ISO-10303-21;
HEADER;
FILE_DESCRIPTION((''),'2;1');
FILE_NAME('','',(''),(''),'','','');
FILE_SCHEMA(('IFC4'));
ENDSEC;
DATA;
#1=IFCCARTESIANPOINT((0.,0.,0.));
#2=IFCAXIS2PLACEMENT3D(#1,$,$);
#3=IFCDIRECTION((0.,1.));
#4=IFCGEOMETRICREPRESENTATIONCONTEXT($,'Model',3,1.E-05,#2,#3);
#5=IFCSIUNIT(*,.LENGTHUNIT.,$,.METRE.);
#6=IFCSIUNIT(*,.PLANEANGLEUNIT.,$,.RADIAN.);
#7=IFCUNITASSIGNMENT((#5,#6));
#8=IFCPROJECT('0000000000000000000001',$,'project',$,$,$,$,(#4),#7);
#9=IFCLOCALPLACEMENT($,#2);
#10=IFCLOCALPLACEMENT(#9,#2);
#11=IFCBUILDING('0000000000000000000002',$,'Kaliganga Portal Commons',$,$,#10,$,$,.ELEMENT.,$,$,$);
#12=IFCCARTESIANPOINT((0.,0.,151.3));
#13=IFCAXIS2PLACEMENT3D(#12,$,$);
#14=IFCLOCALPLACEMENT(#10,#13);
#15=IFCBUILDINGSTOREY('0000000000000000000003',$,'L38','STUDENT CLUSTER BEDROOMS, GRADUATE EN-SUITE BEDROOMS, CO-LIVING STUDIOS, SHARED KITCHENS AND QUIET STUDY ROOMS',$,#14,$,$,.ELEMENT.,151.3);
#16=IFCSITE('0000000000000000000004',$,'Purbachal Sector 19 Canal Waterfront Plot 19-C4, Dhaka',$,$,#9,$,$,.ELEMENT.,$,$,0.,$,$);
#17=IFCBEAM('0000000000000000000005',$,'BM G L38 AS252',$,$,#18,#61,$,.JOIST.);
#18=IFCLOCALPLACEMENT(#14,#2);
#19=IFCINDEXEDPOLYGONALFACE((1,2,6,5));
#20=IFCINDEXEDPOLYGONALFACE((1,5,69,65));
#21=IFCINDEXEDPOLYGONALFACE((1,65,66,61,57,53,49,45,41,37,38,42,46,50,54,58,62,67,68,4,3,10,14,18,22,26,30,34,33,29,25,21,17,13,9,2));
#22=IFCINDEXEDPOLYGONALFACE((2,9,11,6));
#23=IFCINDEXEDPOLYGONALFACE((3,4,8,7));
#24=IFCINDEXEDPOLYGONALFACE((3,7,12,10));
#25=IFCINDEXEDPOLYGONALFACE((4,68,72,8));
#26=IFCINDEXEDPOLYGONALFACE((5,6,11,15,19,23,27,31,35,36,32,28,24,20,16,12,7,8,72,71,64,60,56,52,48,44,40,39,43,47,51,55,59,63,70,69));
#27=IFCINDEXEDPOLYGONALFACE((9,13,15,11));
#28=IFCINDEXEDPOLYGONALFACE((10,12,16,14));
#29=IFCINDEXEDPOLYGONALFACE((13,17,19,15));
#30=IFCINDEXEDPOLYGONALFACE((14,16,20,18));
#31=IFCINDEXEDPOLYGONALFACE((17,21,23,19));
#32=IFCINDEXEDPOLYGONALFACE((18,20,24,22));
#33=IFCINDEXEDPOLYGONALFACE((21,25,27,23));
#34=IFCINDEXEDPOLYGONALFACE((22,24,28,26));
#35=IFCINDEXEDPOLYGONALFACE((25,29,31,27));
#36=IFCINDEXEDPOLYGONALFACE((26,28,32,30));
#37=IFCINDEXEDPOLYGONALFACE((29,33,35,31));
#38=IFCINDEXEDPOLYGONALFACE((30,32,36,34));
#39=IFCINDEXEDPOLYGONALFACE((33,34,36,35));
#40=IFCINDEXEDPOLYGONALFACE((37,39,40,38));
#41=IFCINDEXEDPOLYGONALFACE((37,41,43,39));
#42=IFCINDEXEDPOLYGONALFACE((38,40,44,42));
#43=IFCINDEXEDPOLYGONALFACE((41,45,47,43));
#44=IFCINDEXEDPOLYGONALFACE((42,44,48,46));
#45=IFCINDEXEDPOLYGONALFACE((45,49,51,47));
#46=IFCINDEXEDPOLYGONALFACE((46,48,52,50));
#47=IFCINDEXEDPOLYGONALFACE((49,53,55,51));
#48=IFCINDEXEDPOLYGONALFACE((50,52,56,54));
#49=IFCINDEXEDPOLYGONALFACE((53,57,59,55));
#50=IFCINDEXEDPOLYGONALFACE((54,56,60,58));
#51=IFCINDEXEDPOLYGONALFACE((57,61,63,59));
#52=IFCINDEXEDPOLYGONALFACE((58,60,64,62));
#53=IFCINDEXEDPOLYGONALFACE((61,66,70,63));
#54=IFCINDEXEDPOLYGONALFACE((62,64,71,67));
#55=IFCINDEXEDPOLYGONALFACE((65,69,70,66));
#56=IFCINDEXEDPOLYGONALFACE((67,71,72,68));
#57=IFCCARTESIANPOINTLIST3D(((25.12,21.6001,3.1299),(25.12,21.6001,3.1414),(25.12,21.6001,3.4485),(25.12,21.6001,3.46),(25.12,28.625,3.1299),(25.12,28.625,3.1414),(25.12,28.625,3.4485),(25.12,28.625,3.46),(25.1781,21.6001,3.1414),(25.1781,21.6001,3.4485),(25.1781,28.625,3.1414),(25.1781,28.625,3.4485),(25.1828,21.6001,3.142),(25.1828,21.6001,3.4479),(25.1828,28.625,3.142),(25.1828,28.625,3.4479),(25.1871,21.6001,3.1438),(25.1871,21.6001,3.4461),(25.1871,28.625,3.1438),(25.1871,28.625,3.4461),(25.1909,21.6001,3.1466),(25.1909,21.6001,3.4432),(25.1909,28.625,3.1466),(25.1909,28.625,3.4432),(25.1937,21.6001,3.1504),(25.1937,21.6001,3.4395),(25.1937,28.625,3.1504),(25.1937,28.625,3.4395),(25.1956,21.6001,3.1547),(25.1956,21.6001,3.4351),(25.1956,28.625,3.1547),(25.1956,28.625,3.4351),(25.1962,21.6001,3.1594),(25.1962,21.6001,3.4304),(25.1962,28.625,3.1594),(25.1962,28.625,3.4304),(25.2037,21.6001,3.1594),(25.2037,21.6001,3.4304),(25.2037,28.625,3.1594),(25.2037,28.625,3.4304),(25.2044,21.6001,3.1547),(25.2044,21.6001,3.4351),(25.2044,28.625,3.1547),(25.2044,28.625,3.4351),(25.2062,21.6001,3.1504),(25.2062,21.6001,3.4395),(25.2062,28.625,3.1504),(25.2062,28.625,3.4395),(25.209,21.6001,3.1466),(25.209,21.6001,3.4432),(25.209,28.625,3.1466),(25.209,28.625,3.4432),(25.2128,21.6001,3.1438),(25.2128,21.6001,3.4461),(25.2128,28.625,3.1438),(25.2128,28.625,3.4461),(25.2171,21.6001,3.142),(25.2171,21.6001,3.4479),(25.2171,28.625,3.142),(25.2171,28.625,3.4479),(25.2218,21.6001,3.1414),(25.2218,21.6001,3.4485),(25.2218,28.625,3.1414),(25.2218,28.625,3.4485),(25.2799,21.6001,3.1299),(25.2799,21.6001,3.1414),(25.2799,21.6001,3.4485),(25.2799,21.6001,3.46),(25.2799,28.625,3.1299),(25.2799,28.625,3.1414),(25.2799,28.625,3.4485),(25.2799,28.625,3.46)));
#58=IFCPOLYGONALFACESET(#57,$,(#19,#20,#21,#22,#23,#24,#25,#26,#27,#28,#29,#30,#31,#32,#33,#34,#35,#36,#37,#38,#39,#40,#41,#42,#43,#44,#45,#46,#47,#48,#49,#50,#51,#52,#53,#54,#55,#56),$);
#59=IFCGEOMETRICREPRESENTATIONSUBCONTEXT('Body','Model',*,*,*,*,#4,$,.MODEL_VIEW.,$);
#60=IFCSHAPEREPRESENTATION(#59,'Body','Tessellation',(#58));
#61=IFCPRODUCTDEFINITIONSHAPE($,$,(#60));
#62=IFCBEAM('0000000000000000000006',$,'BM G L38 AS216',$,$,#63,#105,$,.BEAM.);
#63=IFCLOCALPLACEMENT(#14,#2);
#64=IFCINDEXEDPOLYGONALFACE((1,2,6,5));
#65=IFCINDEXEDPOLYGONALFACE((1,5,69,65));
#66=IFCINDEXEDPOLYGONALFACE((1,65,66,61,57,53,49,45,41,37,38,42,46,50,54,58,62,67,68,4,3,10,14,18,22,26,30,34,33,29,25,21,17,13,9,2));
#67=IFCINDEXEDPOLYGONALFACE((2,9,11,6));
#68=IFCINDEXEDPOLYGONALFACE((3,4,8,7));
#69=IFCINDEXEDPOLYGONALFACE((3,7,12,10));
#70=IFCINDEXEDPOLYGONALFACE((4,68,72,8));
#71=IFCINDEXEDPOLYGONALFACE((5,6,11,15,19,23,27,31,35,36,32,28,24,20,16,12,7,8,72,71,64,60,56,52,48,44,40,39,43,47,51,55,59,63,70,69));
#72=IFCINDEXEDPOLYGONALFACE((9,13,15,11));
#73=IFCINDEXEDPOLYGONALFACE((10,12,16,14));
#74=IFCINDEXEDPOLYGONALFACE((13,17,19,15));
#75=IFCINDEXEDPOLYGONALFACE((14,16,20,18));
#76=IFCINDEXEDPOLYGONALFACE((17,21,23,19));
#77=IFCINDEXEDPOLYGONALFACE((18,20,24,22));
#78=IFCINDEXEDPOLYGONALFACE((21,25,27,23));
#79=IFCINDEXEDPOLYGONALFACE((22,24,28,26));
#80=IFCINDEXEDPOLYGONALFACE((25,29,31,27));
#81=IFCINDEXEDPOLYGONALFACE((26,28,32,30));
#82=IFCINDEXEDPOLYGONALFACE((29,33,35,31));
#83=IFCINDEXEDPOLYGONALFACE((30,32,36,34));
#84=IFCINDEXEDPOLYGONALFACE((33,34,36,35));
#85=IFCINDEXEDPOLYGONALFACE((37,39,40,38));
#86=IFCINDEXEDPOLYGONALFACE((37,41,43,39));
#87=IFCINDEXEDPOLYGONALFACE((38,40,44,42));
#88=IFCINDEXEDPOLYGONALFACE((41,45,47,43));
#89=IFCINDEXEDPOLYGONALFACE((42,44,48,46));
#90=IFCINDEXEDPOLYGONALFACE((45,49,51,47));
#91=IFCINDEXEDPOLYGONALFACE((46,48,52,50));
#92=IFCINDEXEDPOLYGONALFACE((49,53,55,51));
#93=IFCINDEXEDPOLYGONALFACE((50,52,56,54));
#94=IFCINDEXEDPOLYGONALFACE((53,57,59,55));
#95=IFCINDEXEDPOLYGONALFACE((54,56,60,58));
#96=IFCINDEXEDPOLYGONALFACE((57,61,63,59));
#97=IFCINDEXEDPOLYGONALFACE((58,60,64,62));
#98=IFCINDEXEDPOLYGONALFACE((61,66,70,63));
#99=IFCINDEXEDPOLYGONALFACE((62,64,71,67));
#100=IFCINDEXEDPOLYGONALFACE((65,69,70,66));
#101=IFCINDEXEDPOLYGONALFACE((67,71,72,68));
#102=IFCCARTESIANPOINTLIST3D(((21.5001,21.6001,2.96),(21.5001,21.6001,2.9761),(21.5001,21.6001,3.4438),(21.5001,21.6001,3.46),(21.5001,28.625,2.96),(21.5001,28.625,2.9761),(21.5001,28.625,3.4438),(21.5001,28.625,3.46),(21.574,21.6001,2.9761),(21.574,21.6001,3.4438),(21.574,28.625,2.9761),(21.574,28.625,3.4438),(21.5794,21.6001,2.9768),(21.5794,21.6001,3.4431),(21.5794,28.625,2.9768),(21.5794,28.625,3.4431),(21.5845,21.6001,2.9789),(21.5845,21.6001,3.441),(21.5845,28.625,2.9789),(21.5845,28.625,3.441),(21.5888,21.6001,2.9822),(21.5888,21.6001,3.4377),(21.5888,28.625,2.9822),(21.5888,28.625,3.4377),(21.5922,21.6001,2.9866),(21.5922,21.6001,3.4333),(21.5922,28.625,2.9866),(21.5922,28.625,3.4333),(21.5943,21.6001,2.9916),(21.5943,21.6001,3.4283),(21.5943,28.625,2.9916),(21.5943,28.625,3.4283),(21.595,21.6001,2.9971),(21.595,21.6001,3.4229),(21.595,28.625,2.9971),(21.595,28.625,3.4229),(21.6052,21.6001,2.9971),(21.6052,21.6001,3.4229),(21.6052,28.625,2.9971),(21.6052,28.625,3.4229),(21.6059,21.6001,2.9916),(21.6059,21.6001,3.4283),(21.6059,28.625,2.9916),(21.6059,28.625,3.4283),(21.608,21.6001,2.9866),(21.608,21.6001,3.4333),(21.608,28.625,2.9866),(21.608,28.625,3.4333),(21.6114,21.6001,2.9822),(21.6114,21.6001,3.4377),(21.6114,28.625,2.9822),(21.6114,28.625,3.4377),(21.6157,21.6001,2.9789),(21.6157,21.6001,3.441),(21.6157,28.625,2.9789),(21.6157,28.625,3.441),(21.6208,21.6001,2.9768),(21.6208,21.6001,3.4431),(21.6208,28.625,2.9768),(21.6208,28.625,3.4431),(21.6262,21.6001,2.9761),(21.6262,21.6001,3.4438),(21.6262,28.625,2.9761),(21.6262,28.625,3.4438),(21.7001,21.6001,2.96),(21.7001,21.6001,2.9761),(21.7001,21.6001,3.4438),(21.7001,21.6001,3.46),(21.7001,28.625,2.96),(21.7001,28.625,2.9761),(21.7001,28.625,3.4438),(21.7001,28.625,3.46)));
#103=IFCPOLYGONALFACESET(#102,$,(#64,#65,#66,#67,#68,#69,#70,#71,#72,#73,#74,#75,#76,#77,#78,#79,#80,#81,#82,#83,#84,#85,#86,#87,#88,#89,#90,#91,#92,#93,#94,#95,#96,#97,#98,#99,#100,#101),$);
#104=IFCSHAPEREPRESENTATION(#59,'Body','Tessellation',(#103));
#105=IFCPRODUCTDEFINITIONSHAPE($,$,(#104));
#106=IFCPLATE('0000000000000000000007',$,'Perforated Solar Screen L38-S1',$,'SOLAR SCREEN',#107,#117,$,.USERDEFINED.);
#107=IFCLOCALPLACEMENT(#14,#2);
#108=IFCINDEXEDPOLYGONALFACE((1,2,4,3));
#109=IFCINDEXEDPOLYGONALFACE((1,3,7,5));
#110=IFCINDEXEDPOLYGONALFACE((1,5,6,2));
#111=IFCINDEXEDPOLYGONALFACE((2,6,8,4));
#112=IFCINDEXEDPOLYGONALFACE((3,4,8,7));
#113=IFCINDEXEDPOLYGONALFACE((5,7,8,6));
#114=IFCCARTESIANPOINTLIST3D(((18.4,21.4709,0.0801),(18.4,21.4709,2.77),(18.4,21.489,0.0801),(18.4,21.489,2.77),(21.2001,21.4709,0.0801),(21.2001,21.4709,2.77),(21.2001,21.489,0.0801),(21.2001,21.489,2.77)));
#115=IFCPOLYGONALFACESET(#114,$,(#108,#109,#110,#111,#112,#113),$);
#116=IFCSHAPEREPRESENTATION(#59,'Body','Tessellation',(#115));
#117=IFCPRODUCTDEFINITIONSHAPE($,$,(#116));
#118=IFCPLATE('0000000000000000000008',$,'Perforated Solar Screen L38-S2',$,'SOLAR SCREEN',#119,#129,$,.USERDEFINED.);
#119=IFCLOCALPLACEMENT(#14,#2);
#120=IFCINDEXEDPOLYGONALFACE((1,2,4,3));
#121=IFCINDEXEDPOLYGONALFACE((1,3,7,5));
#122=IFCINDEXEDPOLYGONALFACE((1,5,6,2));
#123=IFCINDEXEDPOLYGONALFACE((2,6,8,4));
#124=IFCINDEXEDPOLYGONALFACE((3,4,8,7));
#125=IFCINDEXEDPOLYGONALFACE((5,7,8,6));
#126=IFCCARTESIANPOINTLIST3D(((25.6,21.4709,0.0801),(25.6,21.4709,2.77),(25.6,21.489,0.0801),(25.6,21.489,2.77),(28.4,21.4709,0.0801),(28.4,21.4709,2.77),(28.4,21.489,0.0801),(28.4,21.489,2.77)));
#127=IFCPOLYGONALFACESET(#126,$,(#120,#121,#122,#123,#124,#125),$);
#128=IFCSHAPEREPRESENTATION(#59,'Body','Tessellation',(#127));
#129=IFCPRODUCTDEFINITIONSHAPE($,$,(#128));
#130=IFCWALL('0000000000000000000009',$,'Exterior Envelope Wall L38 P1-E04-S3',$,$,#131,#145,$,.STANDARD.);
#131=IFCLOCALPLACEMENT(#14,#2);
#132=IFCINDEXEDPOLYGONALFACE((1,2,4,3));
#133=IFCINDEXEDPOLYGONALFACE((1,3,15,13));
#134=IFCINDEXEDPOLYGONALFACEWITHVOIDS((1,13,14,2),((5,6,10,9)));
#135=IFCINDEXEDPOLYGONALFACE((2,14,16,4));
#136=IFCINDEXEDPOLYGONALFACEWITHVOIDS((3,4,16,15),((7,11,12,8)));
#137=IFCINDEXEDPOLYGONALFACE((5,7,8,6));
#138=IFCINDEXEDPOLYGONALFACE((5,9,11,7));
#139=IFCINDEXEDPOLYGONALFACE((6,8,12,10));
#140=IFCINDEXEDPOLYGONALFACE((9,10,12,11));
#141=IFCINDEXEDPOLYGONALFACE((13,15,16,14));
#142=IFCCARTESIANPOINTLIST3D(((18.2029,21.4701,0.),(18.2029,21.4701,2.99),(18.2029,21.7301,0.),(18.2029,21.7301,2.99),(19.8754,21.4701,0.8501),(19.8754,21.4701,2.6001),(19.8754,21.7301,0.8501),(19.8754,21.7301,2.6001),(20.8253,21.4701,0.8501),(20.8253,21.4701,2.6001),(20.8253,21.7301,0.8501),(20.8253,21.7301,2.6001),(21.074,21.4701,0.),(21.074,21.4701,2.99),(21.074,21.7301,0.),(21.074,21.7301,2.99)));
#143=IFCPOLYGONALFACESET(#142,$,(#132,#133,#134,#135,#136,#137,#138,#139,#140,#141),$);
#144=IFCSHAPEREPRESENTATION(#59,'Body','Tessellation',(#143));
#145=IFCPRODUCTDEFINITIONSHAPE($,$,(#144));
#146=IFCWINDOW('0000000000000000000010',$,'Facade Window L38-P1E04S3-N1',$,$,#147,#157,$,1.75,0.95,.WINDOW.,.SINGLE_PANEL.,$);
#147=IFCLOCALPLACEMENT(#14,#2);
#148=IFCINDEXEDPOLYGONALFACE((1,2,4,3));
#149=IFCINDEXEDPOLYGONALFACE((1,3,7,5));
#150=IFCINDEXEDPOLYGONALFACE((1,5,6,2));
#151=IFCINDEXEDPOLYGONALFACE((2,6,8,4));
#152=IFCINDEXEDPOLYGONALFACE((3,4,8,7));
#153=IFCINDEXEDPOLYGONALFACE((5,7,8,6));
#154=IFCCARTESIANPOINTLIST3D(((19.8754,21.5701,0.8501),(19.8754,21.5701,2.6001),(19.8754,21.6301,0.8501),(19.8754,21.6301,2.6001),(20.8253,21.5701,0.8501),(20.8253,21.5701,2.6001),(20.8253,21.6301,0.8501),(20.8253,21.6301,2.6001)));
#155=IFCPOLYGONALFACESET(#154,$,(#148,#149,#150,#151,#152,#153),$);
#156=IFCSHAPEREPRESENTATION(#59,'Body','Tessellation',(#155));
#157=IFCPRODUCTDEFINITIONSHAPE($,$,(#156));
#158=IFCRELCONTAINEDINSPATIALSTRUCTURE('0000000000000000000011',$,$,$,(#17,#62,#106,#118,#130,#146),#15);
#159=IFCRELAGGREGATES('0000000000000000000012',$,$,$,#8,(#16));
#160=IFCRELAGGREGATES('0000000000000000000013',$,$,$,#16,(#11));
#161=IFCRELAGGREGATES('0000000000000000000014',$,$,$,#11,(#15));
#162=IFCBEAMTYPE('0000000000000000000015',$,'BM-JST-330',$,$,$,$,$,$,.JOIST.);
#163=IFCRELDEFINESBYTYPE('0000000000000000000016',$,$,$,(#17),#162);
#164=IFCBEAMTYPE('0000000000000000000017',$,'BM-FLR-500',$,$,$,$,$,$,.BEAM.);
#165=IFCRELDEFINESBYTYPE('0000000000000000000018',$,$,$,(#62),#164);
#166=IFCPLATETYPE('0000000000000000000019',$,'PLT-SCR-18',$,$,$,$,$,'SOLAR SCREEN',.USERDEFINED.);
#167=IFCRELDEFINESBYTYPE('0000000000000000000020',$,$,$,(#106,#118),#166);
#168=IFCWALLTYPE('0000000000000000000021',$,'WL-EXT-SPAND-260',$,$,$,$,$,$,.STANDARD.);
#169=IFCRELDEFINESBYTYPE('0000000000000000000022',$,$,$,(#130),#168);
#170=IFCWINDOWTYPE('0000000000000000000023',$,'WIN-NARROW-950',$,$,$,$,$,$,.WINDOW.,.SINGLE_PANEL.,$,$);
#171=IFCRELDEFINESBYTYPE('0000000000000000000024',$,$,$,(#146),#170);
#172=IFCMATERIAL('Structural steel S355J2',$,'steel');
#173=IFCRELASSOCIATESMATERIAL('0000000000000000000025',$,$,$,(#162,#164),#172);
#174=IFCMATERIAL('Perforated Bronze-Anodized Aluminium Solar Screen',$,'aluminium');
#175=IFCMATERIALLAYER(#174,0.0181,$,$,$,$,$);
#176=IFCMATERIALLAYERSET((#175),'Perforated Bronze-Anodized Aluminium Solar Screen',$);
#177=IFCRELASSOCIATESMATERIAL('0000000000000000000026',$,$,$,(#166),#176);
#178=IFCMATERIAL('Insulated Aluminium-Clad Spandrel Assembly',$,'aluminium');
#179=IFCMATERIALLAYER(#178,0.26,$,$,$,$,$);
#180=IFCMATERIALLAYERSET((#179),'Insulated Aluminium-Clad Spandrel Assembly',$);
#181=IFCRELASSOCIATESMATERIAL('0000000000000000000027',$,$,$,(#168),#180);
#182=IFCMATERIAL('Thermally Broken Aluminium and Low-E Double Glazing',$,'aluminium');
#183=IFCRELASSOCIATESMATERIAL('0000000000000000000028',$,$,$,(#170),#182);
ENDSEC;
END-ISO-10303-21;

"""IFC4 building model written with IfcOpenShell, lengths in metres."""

from ifc_helpers import new_model, si_unit, direction, frame, frame_2d, origin, origin_2d, place, context, subcontext, project, spatial, rectangle, i_section, extrude, source, transform, mapped, material, layer, layer_set, material_profile, profile_set, type_object, element, fill, save


model = new_model("IFC4")

# Units and contexts
model_context = context("Model", 3, precision=1e-05, world=origin(), true_north=direction((0.0, 1.0)))
body_context = subcontext(model_context, "Body", "Model", "MODEL_VIEW")
ifc_project = project(units=[si_unit("LENGTHUNIT", "METRE"), si_unit("PLANEANGLEUNIT", "RADIAN")], contexts=[model_context])

# Site, building, storey
site_placement = place(None, origin())
site = spatial("IfcSite", under=ifc_project, at=site_placement, Name="Purbachal Sector 19 Canal Waterfront Plot 19-C4, Dhaka", CompositionType="ELEMENT", RefElevation=0.0)
building_placement = place(site_placement, origin())
building = spatial("IfcBuilding", under=site, at=building_placement, Name="Kaliganga Portal Commons", CompositionType="ELEMENT")
storey_placement = place(building_placement, frame((0.0, 0.0, 151.3)))
storey = spatial("IfcBuildingStorey", under=building, at=storey_placement, Name="L38", Description="STUDENT CLUSTER BEDROOMS, GRADUATE EN-SUITE BEDROOMS, CO-LIVING STUDIOS, SHARED KITCHENS AND QUIET STUDY ROOMS", CompositionType="ELEMENT", Elevation=151.3)

# Beams
ifc_material_1 = material(Name="Structural steel S355J2", Category="steel")
ifc_material_profile_1 = material_profile(ifc_material_1, i_section(OverallWidth=0.1599, OverallDepth=0.3301, WebThickness=0.0076, FlangeThickness=0.0115, FilletRadius=0.0181, at=origin_2d()), Name="IPE 330")
ifc_profile_set_1 = profile_set([ifc_material_profile_1], Name="Structural steel S355J2 wide-flange")
beam_type_1 = type_object("IfcBeamType", Name="BM-JST-330", PredefinedType="JOIST", material=ifc_profile_set_1)
shared_shape_1 = source(origin(), body_context, "Body", "SweptSolid", [
    extrude(i_section(OverallWidth=0.1599, OverallDepth=0.3301, WebThickness=0.0076, FlangeThickness=0.0115, FilletRadius=0.0181, at=origin_2d()), origin(), (0.0, 0.0, 1.0), 7.0249),
])
beam_1_placement = place(storey_placement, frame((25.2, 21.6001, 3.2949), z_axis=(0.0, 1.0, 0.0), x_axis=(-1.0, 0.0, 0.0)))
element("IfcBeam", 1, at=beam_1_placement, inside=storey, type_object=beam_type_1, Name="BM G L38 AS252", PredefinedType="JOIST", context=body_context, shape_type="MappedRepresentation", body=[
    mapped(shared_shape_1, transform((0.0, 0.0, 0.0), x_axis=(1.0, 0.0, 0.0), y_axis=(0.0, 1.0, 0.0), z_axis=(0.0, 0.0, 1.0), scale=1.0)),
])
ifc_material_profile_2 = material_profile(ifc_material_1, i_section(OverallWidth=0.2, OverallDepth=0.5, WebThickness=0.0103, FlangeThickness=0.0161, FilletRadius=0.021, at=origin_2d()), Name="IPE 500")
ifc_profile_set_2 = profile_set([ifc_material_profile_2], Name="Structural steel S355J2 wide-flange")
beam_type_2 = type_object("IfcBeamType", Name="BM-FLR-500", PredefinedType="BEAM", material=ifc_profile_set_2)
shared_shape_2 = source(origin(), body_context, "Body", "SweptSolid", [
    extrude(i_section(OverallWidth=0.2, OverallDepth=0.5, WebThickness=0.0103, FlangeThickness=0.0161, FilletRadius=0.021, at=origin_2d()), origin(), (0.0, 0.0, 1.0), 7.0249),
])
beam_2_placement = place(storey_placement, frame((21.6001, 21.6001, 3.21), z_axis=(0.0, 1.0, 0.0), x_axis=(-1.0, 0.0, 0.0)))
element("IfcBeam", 2, at=beam_2_placement, inside=storey, type_object=beam_type_2, Name="BM G L38 AS216", PredefinedType="BEAM", context=body_context, shape_type="MappedRepresentation", body=[
    mapped(shared_shape_2, transform((0.0, 0.0, 0.0), x_axis=(1.0, 0.0, 0.0), y_axis=(0.0, 1.0, 0.0), z_axis=(0.0, 0.0, 1.0), scale=1.0)),
])

# Plates
ifc_material_2 = material(Name="Perforated Bronze-Anodized Aluminium Solar Screen", Category="aluminium")
ifc_layer_1 = layer(ifc_material_2, 0.0181)
ifc_layer_set_1 = layer_set([ifc_layer_1], Name="Perforated Bronze-Anodized Aluminium Solar Screen")
plate_type = type_object("IfcPlateType", Name="PLT-SCR-18", ElementType="SOLAR SCREEN", PredefinedType="USERDEFINED", material=ifc_layer_set_1)
shared_shape_3 = source(origin(), body_context, "Body", "SweptSolid", [
    extrude(rectangle(XDim=2.8, YDim=0.0181, at=origin_2d()), origin(), (0.0, 0.0, 1.0), 2.6899),
])
for number, where, z_axis, x_axis, name in (
    (3, (19.8, 21.48, 0.0801), (0.0, 0.0, 1.0), (1.0, 0.0, 0.0), "Perforated Solar Screen L38-S1"),
    (4, (27.0, 21.48, 0.0801), (0.0, 0.0, 1.0), (1.0, 0.0, 0.0), "Perforated Solar Screen L38-S2"),
):
    element("IfcPlate", number, at=place(storey_placement, frame(where, z_axis=z_axis, x_axis=x_axis)), inside=storey, type_object=plate_type, Name=name, ObjectType="SOLAR SCREEN", PredefinedType="USERDEFINED", context=body_context, shape_type="MappedRepresentation", body=[
        mapped(shared_shape_3, transform((0.0, 0.0, 0.0), x_axis=(1.0, 0.0, 0.0), y_axis=(0.0, 1.0, 0.0), z_axis=(0.0, 0.0, 1.0), scale=1.0)),
    ])

# Wall, opening, window
ifc_material_3 = material(Name="Insulated Aluminium-Clad Spandrel Assembly", Category="aluminium")
ifc_layer_2 = layer(ifc_material_3, 0.26)
ifc_layer_set_2 = layer_set([ifc_layer_2], Name="Insulated Aluminium-Clad Spandrel Assembly")
wall_type_1 = type_object("IfcWallType", Name="WL-EXT-SPAND-260", PredefinedType="STANDARD", material=ifc_layer_set_2)
wall_1_placement = place(storey_placement, frame((21.074, 21.6001, 0.0), z_axis=(0.0, 0.0, 1.0), x_axis=(-1.0, 0.0, 0.0)))
wall_1 = element("IfcWall", 5, at=wall_1_placement, inside=storey, type_object=wall_type_1, Name="Exterior Envelope Wall L38 P1-E04-S3", PredefinedType="STANDARD", context=body_context, shape_type="SweptSolid", body=[
    extrude(rectangle(XDim=2.8711, YDim=0.26, at=frame_2d((1.4355, 0.0))), origin(), (0.0, 0.0, 1.0), 2.99),
])
opening_1_placement = place(wall_1_placement, frame((0.2485, 0.0, 0.8501)))
opening_1 = element("IfcOpeningElement", 6, at=opening_1_placement, cuts=wall_1, PredefinedType="OPENING", context=body_context, shape_type="SweptSolid", body=[
    extrude(rectangle(XDim=0.95, YDim=1.75, at=frame_2d((0.4751, 0.875))), frame((0.0, 0.1401, 0.0), z_axis=(0.0, -1.0, 0.0), x_axis=(1.0, 0.0, 0.0)), (0.0, 0.0, 1.0), 0.28),
])
ifc_material_4 = material(Name="Thermally Broken Aluminium and Low-E Double Glazing", Category="aluminium")
window_type_1 = type_object("IfcWindowType", Name="WIN-NARROW-950", PartitioningType="SINGLE_PANEL", PredefinedType="WINDOW", material=ifc_material_4)
window_1_placement = place(opening_1_placement, origin())
window_1 = element("IfcWindow", 7, at=window_1_placement, inside=storey, type_object=window_type_1, Name="Facade Window L38-P1E04S3-N1", OverallHeight=1.75, OverallWidth=0.95, PartitioningType="SINGLE_PANEL", PredefinedType="WINDOW", context=body_context, shape_type="SweptSolid", body=[
    extrude(rectangle(XDim=0.95, YDim=1.75, at=frame_2d((0.4751, 0.875))), frame((0.0, 0.03, 0.0), z_axis=(0.0, -1.0, 0.0), x_axis=(1.0, 0.0, 0.0)), (0.0, 0.0, 1.0), 0.0601),
])
fill(opening_1, window_1)

save(model, "model.ifc")
